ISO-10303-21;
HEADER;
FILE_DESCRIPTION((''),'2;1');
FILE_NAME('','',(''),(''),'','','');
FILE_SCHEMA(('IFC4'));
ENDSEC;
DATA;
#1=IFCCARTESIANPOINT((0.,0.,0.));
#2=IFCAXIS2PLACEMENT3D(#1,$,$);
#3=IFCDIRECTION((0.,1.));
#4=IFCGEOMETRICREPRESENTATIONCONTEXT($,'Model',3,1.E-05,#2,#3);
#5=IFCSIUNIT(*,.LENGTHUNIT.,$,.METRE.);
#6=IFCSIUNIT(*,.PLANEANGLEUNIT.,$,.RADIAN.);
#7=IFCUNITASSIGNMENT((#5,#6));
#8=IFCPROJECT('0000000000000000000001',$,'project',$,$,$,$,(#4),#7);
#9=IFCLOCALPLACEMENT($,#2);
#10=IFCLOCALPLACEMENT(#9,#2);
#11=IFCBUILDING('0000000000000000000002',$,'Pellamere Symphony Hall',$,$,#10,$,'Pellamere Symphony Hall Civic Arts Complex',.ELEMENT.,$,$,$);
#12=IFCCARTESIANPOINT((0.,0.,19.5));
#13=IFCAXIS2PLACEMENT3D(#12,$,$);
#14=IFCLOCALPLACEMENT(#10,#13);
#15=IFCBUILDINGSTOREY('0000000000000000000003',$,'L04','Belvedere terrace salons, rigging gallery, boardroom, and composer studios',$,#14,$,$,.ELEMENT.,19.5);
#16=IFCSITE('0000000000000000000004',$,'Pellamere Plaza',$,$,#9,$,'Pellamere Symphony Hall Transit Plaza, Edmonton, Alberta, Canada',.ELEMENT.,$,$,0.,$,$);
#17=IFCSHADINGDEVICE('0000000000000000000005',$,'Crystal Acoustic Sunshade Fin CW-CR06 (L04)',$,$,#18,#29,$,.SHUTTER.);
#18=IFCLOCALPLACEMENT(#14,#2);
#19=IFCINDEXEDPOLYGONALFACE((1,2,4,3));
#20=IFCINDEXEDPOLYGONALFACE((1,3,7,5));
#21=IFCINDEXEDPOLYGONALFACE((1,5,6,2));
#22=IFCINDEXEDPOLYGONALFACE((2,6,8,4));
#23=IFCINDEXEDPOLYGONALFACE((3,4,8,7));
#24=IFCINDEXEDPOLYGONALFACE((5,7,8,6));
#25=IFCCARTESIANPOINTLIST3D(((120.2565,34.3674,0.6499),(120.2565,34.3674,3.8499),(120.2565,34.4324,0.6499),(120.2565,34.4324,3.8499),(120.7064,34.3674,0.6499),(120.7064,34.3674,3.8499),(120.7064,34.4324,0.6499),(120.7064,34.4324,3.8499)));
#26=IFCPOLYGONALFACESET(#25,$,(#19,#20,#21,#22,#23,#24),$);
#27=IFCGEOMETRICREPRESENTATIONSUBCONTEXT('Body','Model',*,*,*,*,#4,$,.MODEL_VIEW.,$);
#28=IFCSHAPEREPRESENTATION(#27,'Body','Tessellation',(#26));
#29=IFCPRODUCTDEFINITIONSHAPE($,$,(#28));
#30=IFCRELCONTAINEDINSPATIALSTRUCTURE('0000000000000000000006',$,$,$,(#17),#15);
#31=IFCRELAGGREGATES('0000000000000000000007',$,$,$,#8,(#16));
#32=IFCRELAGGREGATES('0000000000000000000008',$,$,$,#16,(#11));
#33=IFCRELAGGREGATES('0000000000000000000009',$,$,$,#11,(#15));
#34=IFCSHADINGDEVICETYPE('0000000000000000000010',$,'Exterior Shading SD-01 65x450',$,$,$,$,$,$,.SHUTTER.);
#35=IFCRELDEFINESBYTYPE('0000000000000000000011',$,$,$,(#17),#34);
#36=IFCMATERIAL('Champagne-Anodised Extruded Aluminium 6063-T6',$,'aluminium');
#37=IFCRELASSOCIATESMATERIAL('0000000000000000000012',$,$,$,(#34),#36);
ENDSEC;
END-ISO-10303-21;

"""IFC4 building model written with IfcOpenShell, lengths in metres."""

from ifc_helpers import new_model, si_unit, direction, frame, origin, origin_2d, place, context, subcontext, project, spatial, rectangle, extrude, material, type_object, element, save


model = new_model("IFC4")

# Units and contexts
model_context = context("Model", 3, precision=1e-05, world=origin(), true_north=direction((0.0, 1.0)))
body_context = subcontext(model_context, "Body", "Model", "MODEL_VIEW")
ifc_project = project(units=[si_unit("LENGTHUNIT", "METRE"), si_unit("PLANEANGLEUNIT", "RADIAN")], contexts=[model_context])

# Site, building, storey
site_placement = place(None, origin())
site = spatial("IfcSite", under=ifc_project, at=site_placement, Name="Pellamere Plaza", LongName="Pellamere Symphony Hall Transit Plaza, Edmonton, Alberta, Canada", CompositionType="ELEMENT", RefElevation=0.0)
building_placement = place(site_placement, origin())
building = spatial("IfcBuilding", under=site, at=building_placement, Name="Pellamere Symphony Hall", LongName="Pellamere Symphony Hall Civic Arts Complex", CompositionType="ELEMENT")
storey_placement = place(building_placement, frame((0.0, 0.0, 19.5)))
storey = spatial("IfcBuildingStorey", under=building, at=storey_placement, Name="L04", Description="Belvedere terrace salons, rigging gallery, boardroom, and composer studios", CompositionType="ELEMENT", Elevation=19.5)

# Shading device
ifc_material_1 = material(Name="Champagne-Anodised Extruded Aluminium 6063-T6", Category="aluminium")
shading_device_type = type_object("IfcShadingDeviceType", Name="Exterior Shading SD-01 65x450", PredefinedType="SHUTTER", material=ifc_material_1)
shading_device_placement = place(storey_placement, frame((120.4814, 34.3999, 0.6499), z_axis=(0.0, 0.0, 1.0), x_axis=(0.0, 1.0, 0.0)))
element("IfcShadingDevice", 1, at=shading_device_placement, inside=storey, type_object=shading_device_type, Name="Crystal Acoustic Sunshade Fin CW-CR06 (L04)", PredefinedType="SHUTTER", context=body_context, shape_type="SweptSolid", body=[
    extrude(rectangle(XDim=0.0649, YDim=0.45, at=origin_2d()), origin(), (0.0, 0.0, 1.0), 3.2),
])

save(model, "model.ifc")
